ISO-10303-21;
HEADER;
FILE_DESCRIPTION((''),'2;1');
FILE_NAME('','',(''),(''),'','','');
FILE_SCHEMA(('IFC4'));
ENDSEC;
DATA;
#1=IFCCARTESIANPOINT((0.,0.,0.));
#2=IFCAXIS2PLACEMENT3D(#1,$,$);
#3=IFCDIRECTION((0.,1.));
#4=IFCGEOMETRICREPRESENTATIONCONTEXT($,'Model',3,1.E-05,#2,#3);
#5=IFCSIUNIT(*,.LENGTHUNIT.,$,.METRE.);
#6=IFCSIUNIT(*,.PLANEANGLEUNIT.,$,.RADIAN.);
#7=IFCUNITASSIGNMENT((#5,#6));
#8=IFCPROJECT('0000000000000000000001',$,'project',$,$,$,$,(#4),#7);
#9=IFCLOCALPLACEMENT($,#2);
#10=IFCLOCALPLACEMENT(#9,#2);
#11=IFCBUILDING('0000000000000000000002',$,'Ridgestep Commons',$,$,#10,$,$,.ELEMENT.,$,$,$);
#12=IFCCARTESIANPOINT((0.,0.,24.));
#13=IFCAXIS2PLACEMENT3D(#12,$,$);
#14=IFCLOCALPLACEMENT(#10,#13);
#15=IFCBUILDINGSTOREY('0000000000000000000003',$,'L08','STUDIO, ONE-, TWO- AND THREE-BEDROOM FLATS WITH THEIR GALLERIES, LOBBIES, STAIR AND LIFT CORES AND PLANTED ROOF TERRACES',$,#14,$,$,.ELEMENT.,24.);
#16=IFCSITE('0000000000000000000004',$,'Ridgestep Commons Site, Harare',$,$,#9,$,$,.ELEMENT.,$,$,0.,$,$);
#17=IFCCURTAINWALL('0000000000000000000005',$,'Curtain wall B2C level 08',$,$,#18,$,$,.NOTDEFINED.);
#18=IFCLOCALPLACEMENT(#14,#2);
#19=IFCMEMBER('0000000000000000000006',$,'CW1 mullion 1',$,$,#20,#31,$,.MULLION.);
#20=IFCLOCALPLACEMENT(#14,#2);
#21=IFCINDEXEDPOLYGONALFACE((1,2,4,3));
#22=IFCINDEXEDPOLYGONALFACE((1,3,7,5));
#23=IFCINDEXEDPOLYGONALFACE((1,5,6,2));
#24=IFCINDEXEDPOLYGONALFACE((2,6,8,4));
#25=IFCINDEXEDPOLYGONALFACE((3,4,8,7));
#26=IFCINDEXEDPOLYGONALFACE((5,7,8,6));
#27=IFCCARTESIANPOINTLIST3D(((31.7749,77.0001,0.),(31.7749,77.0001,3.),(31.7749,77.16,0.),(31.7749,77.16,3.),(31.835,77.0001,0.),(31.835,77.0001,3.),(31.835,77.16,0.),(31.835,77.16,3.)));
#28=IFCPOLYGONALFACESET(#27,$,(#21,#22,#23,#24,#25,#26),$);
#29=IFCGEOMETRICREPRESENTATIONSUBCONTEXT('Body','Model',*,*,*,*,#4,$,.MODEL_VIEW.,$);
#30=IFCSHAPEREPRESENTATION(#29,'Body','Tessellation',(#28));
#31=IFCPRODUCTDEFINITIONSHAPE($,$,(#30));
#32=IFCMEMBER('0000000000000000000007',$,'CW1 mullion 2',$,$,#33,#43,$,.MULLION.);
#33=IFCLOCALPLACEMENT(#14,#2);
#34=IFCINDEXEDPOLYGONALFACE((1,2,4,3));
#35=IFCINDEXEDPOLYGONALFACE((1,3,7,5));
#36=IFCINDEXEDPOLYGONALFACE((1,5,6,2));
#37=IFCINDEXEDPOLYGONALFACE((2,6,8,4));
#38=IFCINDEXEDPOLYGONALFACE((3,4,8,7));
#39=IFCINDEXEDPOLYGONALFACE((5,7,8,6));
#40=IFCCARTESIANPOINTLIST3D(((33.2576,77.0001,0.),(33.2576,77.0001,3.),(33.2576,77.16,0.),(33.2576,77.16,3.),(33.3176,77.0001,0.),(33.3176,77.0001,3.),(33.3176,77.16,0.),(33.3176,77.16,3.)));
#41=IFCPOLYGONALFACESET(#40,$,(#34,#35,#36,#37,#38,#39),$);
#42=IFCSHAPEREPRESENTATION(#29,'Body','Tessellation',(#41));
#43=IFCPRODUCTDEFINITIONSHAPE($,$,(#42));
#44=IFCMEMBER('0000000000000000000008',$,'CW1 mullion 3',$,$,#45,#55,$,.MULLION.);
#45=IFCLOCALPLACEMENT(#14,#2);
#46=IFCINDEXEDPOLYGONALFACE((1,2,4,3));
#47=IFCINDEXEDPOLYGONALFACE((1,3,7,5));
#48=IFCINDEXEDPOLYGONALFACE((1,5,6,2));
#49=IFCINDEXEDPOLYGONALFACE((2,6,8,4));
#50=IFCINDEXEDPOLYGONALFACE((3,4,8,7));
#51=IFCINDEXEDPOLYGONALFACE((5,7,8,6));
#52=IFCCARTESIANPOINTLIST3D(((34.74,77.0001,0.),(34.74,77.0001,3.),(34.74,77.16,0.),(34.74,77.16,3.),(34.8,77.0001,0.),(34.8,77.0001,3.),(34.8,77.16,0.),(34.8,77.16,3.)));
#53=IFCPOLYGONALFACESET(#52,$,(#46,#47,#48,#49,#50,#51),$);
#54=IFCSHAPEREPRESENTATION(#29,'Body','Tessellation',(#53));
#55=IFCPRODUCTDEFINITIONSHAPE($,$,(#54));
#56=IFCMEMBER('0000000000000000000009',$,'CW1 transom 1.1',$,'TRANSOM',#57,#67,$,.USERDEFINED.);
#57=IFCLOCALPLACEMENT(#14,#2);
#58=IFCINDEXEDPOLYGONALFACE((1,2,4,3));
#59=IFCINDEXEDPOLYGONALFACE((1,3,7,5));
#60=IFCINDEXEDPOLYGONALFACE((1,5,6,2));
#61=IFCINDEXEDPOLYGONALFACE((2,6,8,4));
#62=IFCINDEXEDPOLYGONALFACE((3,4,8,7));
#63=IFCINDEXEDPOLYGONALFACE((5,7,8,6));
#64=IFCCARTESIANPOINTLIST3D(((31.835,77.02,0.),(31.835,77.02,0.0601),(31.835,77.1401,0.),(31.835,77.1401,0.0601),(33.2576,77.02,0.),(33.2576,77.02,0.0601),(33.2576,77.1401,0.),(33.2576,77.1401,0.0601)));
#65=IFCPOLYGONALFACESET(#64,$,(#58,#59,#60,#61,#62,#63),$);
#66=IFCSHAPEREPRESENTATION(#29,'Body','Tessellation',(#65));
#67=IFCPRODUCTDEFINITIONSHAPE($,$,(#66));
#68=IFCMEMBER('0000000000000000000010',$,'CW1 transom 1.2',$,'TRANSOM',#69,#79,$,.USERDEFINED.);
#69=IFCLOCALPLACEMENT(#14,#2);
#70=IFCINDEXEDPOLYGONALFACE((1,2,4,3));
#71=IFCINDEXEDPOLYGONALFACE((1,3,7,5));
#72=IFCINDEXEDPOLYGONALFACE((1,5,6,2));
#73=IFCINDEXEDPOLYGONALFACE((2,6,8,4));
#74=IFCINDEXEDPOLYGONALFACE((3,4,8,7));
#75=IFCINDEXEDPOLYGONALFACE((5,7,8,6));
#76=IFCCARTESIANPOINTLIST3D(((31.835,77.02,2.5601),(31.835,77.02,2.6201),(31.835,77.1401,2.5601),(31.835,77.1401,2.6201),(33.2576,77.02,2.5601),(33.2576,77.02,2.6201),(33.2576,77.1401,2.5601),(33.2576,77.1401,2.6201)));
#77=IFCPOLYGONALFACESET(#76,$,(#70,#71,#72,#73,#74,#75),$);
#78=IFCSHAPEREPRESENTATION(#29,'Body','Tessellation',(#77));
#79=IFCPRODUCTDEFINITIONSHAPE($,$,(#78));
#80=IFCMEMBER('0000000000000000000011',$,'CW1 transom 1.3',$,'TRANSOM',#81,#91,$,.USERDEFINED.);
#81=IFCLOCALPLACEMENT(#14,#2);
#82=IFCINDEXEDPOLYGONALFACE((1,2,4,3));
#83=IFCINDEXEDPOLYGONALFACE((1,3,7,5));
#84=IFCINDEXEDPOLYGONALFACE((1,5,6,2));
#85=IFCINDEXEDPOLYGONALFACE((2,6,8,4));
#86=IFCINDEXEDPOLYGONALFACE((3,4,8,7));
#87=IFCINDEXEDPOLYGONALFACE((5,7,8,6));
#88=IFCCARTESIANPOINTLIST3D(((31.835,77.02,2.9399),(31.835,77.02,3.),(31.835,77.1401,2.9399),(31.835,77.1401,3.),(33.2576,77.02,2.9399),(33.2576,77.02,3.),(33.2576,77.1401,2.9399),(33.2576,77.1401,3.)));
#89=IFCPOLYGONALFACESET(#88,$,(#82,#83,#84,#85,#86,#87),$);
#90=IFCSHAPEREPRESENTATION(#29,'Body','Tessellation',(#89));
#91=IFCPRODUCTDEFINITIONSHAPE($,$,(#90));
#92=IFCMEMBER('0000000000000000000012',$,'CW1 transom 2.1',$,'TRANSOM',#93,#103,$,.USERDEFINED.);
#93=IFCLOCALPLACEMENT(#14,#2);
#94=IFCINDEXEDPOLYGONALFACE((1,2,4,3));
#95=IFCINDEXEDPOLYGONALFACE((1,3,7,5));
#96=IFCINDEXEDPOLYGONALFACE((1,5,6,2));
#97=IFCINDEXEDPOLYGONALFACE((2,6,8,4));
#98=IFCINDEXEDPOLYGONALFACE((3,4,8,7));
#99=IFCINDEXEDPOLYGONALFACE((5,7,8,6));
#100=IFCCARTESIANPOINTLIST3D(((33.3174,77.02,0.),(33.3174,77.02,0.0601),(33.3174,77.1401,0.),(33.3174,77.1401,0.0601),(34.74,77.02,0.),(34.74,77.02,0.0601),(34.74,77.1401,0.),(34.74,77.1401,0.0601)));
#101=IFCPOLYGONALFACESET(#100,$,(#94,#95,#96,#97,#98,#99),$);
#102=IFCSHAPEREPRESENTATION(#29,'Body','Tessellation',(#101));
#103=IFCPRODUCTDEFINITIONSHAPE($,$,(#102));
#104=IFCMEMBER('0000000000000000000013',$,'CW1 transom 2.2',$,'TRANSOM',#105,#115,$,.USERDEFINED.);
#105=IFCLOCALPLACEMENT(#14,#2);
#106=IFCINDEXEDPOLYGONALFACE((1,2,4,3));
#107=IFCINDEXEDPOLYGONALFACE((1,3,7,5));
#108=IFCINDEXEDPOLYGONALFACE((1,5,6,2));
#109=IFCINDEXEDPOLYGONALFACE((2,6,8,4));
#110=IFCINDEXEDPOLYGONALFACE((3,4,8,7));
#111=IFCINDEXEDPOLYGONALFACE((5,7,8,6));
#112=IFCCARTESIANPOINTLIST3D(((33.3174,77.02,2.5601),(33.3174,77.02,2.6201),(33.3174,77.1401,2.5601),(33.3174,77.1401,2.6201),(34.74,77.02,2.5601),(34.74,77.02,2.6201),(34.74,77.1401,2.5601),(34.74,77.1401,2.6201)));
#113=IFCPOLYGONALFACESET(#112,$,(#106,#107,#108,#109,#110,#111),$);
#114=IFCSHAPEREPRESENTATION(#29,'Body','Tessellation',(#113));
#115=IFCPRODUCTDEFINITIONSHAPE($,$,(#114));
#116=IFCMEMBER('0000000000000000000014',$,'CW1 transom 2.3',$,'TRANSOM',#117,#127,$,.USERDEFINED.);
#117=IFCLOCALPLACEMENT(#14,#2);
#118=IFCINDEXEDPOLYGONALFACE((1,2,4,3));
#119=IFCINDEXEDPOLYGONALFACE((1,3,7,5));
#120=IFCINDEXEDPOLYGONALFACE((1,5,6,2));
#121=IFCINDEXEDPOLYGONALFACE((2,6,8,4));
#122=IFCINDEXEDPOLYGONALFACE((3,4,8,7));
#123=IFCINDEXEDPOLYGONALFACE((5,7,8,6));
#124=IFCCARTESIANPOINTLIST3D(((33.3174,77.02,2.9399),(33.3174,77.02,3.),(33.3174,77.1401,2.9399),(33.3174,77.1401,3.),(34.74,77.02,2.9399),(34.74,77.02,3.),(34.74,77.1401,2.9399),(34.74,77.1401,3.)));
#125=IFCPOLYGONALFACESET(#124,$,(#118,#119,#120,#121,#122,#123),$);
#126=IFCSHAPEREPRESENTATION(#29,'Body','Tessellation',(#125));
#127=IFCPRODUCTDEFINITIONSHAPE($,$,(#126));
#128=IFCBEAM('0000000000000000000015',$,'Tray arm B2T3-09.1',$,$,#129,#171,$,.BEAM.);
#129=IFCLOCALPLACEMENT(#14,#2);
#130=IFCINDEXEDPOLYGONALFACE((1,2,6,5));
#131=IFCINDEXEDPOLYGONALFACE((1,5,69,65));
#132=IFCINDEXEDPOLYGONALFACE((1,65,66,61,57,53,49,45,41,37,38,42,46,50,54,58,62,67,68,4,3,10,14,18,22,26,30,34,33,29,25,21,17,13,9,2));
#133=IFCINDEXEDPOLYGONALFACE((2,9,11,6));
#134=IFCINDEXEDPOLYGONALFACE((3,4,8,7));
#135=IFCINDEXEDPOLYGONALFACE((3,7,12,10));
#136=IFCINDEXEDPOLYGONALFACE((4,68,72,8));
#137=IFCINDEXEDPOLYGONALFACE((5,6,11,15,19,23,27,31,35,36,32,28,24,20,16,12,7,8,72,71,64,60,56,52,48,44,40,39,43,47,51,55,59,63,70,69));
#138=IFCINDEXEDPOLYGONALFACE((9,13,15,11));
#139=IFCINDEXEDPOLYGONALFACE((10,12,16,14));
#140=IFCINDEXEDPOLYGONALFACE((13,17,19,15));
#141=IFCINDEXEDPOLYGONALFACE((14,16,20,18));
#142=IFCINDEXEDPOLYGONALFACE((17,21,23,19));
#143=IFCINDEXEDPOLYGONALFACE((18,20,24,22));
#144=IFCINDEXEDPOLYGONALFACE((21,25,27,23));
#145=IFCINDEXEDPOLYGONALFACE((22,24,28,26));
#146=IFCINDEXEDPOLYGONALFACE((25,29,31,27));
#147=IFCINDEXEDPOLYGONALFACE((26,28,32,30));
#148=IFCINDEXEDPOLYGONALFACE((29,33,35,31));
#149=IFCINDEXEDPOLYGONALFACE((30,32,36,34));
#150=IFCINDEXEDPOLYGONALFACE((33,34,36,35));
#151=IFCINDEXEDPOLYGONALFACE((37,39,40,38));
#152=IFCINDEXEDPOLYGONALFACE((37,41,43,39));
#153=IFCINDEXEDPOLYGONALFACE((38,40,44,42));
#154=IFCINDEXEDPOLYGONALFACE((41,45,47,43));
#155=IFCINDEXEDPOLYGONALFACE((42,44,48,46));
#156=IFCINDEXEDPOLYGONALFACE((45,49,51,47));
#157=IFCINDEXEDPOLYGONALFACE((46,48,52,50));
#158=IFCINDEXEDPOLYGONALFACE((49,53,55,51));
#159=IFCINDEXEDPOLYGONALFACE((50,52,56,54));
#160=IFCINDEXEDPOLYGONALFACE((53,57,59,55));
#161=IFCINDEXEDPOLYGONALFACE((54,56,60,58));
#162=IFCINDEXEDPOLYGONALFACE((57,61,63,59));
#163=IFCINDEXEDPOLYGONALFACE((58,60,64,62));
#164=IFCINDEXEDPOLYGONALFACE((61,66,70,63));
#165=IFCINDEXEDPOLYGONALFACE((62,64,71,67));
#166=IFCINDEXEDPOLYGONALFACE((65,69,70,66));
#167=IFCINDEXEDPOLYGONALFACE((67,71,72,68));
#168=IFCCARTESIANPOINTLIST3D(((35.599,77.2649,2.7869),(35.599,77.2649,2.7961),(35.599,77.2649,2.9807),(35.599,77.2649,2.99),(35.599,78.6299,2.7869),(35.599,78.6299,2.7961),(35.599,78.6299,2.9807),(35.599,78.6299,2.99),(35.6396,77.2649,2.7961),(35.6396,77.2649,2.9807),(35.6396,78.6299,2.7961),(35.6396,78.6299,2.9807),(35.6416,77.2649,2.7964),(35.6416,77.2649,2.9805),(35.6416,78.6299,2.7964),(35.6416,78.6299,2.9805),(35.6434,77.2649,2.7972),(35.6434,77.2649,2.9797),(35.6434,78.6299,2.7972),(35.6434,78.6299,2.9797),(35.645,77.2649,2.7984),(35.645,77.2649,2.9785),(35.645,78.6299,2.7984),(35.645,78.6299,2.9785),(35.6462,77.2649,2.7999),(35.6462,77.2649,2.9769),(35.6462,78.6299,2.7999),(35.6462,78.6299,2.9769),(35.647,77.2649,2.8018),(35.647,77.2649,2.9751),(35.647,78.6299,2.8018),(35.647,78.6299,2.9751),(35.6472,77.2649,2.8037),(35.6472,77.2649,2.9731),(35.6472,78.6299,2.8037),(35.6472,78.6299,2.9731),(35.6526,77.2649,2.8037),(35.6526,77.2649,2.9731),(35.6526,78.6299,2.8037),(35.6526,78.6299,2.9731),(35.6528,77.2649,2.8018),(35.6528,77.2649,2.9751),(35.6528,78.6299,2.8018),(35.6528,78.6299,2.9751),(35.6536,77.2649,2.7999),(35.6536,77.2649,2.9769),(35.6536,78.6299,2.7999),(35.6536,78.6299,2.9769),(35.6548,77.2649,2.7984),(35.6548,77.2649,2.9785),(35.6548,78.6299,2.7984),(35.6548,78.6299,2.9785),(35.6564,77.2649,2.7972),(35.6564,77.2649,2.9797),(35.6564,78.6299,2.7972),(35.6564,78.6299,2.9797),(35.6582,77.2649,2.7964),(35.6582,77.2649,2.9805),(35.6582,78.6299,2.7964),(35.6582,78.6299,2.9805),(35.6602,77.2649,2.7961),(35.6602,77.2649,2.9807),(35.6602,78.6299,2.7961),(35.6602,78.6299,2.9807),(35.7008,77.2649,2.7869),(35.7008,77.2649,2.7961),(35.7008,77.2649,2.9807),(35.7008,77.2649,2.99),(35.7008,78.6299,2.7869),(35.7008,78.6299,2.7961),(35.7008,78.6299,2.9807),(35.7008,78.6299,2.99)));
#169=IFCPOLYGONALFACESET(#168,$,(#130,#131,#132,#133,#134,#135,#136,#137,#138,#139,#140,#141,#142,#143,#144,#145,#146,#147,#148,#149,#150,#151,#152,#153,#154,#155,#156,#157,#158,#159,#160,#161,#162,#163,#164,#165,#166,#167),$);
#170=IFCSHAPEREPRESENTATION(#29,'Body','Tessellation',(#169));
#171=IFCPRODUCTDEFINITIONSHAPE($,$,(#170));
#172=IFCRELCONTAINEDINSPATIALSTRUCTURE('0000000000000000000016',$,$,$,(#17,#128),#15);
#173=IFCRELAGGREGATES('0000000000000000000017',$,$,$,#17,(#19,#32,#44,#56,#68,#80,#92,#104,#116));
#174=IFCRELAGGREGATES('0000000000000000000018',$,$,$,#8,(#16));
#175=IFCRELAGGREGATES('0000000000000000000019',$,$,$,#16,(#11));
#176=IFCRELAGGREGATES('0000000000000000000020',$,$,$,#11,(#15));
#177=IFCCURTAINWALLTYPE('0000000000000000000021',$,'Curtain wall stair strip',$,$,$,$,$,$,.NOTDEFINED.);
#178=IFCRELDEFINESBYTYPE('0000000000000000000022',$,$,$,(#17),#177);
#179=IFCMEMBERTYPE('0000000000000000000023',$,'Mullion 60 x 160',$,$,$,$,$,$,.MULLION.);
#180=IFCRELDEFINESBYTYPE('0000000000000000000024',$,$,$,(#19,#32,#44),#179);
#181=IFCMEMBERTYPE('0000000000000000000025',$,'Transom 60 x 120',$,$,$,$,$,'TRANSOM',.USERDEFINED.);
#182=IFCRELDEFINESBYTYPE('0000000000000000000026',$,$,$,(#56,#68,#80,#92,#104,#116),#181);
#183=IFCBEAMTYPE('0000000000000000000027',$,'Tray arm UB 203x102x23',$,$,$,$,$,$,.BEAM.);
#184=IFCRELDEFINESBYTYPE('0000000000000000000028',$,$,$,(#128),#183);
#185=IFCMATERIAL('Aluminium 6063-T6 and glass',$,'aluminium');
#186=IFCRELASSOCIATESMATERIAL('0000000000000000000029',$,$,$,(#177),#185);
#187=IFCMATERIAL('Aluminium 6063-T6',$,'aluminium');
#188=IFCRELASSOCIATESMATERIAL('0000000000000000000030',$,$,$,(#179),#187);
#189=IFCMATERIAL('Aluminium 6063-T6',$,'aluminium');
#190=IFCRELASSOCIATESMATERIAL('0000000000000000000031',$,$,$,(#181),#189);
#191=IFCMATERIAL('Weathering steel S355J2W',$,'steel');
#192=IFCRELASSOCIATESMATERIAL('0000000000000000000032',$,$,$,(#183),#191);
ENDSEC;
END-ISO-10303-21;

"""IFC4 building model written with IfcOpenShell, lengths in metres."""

from ifc_helpers import new_model, si_unit, direction, frame, origin, origin_2d, place, context, subcontext, project, spatial, rectangle, i_section, extrude, material, material_profile, profile_set, type_object, element, aggregate, save


model = new_model("IFC4")

# Units and contexts
model_context = context("Model", 3, precision=1e-05, world=origin(), true_north=direction((0.0, 1.0)))
body_context = subcontext(model_context, "Body", "Model", "MODEL_VIEW")
ifc_project = project(units=[si_unit("LENGTHUNIT", "METRE"), si_unit("PLANEANGLEUNIT", "RADIAN")], contexts=[model_context])

# Site, building, storey
site_placement = place(None, origin())
site = spatial("IfcSite", under=ifc_project, at=site_placement, Name="Ridgestep Commons Site, Harare", CompositionType="ELEMENT", RefElevation=0.0)
building_placement = place(site_placement, origin())
building = spatial("IfcBuilding", under=site, at=building_placement, Name="Ridgestep Commons", CompositionType="ELEMENT")
storey_placement = place(building_placement, frame((0.0, 0.0, 24.0)))
storey = spatial("IfcBuildingStorey", under=building, at=storey_placement, Name="L08", Description="STUDIO, ONE-, TWO- AND THREE-BEDROOM FLATS WITH THEIR GALLERIES, LOBBIES, STAIR AND LIFT CORES AND PLANTED ROOF TERRACES", CompositionType="ELEMENT", Elevation=24.0)

# Curtain wall, members
ifc_material_1 = material(Name="Aluminium 6063-T6 and glass", Category="aluminium")
curtain_wall_type = type_object("IfcCurtainWallType", Name="Curtain wall stair strip", PredefinedType="NOTDEFINED", material=ifc_material_1)
curtain_wall_placement = place(storey_placement, origin())
curtain_wall = element("IfcCurtainWall", 1, at=curtain_wall_placement, inside=storey, type_object=curtain_wall_type, Name="Curtain wall B2C level 08", PredefinedType="NOTDEFINED")
ifc_material_2 = material(Name="Aluminium 6063-T6", Category="aluminium")
ifc_material_profile_1 = material_profile(ifc_material_2, rectangle(XDim=0.1599, YDim=0.0601, at=origin_2d()), Name="Mullion 60 x 160")
ifc_profile_set_1 = profile_set([ifc_material_profile_1], Name="Aluminium 6063-T6")
member_type_1 = type_object("IfcMemberType", Name="Mullion 60 x 160", PredefinedType="MULLION", material=ifc_profile_set_1)
member_1_placement = place(storey_placement, frame((31.8049, 77.0801, 0.0), z_axis=(0.0, 0.0, 1.0), x_axis=(0.0, 1.0, 0.0)))
member_1 = element("IfcMember", 2, at=member_1_placement, type_object=member_type_1, Name="CW1 mullion 1", PredefinedType="MULLION", context=body_context, shape_type="SweptSolid", body=[
    extrude(rectangle(XDim=0.1599, YDim=0.0601, at=origin_2d()), origin(), (0.0, 0.0, 1.0), 3.0),
])
member_2_placement = place(storey_placement, frame((33.2876, 77.0801, 0.0), z_axis=(0.0, 0.0, 1.0), x_axis=(0.0, 1.0, 0.0)))
member_2 = element("IfcMember", 3, at=member_2_placement, type_object=member_type_1, Name="CW1 mullion 2", PredefinedType="MULLION", context=body_context, shape_type="SweptSolid", body=[
    extrude(rectangle(XDim=0.1599, YDim=0.0601, at=origin_2d()), origin(), (0.0, 0.0, 1.0), 3.0),
])
member_3_placement = place(storey_placement, frame((34.77, 77.0801, 0.0), z_axis=(0.0, 0.0, 1.0), x_axis=(0.0, 1.0, 0.0)))
member_3 = element("IfcMember", 4, at=member_3_placement, type_object=member_type_1, Name="CW1 mullion 3", PredefinedType="MULLION", context=body_context, shape_type="SweptSolid", body=[
    extrude(rectangle(XDim=0.1599, YDim=0.0601, at=origin_2d()), origin(), (0.0, 0.0, 1.0), 3.0),
])
ifc_material_3 = material(Name="Aluminium 6063-T6", Category="aluminium")
ifc_material_profile_2 = material_profile(ifc_material_3, rectangle(XDim=0.1201, YDim=0.0601, at=origin_2d()), Name="Transom 60 x 120")
ifc_profile_set_2 = profile_set([ifc_material_profile_2], Name="Aluminium 6063-T6")
member_type_2 = type_object("IfcMemberType", Name="Transom 60 x 120", ElementType="TRANSOM", PredefinedType="USERDEFINED", material=ifc_profile_set_2)
member_4_placement = place(storey_placement, frame((31.835, 77.0801, 0.03), z_axis=(1.0, 0.0, 0.0), x_axis=(0.0, 1.0, 0.0)))
member_4 = element("IfcMember", 5, at=member_4_placement, type_object=member_type_2, Name="CW1 transom 1.1", ObjectType="TRANSOM", PredefinedType="USERDEFINED", context=body_context, shape_type="SweptSolid", body=[
    extrude(rectangle(XDim=0.1201, YDim=0.0601, at=origin_2d()), origin(), (0.0, 0.0, 1.0), 1.4226),
])
member_5_placement = place(storey_placement, frame((31.835, 77.0801, 2.5901), z_axis=(1.0, 0.0, 0.0), x_axis=(0.0, 1.0, 0.0)))
member_5 = element("IfcMember", 6, at=member_5_placement, type_object=member_type_2, Name="CW1 transom 1.2", ObjectType="TRANSOM", PredefinedType="USERDEFINED", context=body_context, shape_type="SweptSolid", body=[
    extrude(rectangle(XDim=0.1201, YDim=0.0601, at=origin_2d()), origin(), (0.0, 0.0, 1.0), 1.4226),
])
member_6_placement = place(storey_placement, frame((31.835, 77.0801, 2.97), z_axis=(1.0, 0.0, 0.0), x_axis=(0.0, 1.0, 0.0)))
member_6 = element("IfcMember", 7, at=member_6_placement, type_object=member_type_2, Name="CW1 transom 1.3", ObjectType="TRANSOM", PredefinedType="USERDEFINED", context=body_context, shape_type="SweptSolid", body=[
    extrude(rectangle(XDim=0.1201, YDim=0.0601, at=origin_2d()), origin(), (0.0, 0.0, 1.0), 1.4226),
])
member_7_placement = place(storey_placement, frame((33.3174, 77.0801, 0.03), z_axis=(1.0, 0.0, 0.0), x_axis=(0.0, 1.0, 0.0)))
member_7 = element("IfcMember", 8, at=member_7_placement, type_object=member_type_2, Name="CW1 transom 2.1", ObjectType="TRANSOM", PredefinedType="USERDEFINED", context=body_context, shape_type="SweptSolid", body=[
    extrude(rectangle(XDim=0.1201, YDim=0.0601, at=origin_2d()), origin(), (0.0, 0.0, 1.0), 1.4226),
])
member_8_placement = place(storey_placement, frame((33.3174, 77.0801, 2.5901), z_axis=(1.0, 0.0, 0.0), x_axis=(0.0, 1.0, 0.0)))
member_8 = element("IfcMember", 9, at=member_8_placement, type_object=member_type_2, Name="CW1 transom 2.2", ObjectType="TRANSOM", PredefinedType="USERDEFINED", context=body_context, shape_type="SweptSolid", body=[
    extrude(rectangle(XDim=0.1201, YDim=0.0601, at=origin_2d()), origin(), (0.0, 0.0, 1.0), 1.4226),
])
member_9_placement = place(storey_placement, frame((33.3174, 77.0801, 2.97), z_axis=(1.0, 0.0, 0.0), x_axis=(0.0, 1.0, 0.0)))
member_9 = element("IfcMember", 10, at=member_9_placement, type_object=member_type_2, Name="CW1 transom 2.3", ObjectType="TRANSOM", PredefinedType="USERDEFINED", context=body_context, shape_type="SweptSolid", body=[
    extrude(rectangle(XDim=0.1201, YDim=0.0601, at=origin_2d()), origin(), (0.0, 0.0, 1.0), 1.4226),
])

# Beam
ifc_material_4 = material(Name="Weathering steel S355J2W", Category="steel")
ifc_material_profile_3 = material_profile(ifc_material_4, i_section(OverallWidth=0.1018, OverallDepth=0.2031, WebThickness=0.0054, FlangeThickness=0.0093, FilletRadius=0.0076, at=origin_2d()), Name="UB 203x102x23")
ifc_profile_set_3 = profile_set([ifc_material_profile_3], Name="Weathering steel S355J2W")
beam_type_1 = type_object("IfcBeamType", Name="Tray arm UB 203x102x23", PredefinedType="BEAM", material=ifc_profile_set_3)
for number, where, z_axis, x_axis, name in (
    (11, (35.6499, 77.2649, 2.8884), (0.0, 1.0, 0.0), (-1.0, 0.0, 0.0), "Tray arm B2T3-09.1"),
):
    element("IfcBeam", number, at=place(storey_placement, frame(where, z_axis=z_axis, x_axis=x_axis)), inside=storey, type_object=beam_type_1, Name=name, PredefinedType="BEAM", context=body_context, shape_type="SweptSolid", body=[
        extrude(i_section(OverallWidth=0.1018, OverallDepth=0.2031, WebThickness=0.0054, FlangeThickness=0.0093, FilletRadius=0.0076, at=origin_2d()), origin(), (0.0, 0.0, 1.0), 1.365),
    ])

aggregate(curtain_wall, [member_1, member_2, member_3, member_4, member_5, member_6, member_7, member_8, member_9])

save(model, "model.ifc")
